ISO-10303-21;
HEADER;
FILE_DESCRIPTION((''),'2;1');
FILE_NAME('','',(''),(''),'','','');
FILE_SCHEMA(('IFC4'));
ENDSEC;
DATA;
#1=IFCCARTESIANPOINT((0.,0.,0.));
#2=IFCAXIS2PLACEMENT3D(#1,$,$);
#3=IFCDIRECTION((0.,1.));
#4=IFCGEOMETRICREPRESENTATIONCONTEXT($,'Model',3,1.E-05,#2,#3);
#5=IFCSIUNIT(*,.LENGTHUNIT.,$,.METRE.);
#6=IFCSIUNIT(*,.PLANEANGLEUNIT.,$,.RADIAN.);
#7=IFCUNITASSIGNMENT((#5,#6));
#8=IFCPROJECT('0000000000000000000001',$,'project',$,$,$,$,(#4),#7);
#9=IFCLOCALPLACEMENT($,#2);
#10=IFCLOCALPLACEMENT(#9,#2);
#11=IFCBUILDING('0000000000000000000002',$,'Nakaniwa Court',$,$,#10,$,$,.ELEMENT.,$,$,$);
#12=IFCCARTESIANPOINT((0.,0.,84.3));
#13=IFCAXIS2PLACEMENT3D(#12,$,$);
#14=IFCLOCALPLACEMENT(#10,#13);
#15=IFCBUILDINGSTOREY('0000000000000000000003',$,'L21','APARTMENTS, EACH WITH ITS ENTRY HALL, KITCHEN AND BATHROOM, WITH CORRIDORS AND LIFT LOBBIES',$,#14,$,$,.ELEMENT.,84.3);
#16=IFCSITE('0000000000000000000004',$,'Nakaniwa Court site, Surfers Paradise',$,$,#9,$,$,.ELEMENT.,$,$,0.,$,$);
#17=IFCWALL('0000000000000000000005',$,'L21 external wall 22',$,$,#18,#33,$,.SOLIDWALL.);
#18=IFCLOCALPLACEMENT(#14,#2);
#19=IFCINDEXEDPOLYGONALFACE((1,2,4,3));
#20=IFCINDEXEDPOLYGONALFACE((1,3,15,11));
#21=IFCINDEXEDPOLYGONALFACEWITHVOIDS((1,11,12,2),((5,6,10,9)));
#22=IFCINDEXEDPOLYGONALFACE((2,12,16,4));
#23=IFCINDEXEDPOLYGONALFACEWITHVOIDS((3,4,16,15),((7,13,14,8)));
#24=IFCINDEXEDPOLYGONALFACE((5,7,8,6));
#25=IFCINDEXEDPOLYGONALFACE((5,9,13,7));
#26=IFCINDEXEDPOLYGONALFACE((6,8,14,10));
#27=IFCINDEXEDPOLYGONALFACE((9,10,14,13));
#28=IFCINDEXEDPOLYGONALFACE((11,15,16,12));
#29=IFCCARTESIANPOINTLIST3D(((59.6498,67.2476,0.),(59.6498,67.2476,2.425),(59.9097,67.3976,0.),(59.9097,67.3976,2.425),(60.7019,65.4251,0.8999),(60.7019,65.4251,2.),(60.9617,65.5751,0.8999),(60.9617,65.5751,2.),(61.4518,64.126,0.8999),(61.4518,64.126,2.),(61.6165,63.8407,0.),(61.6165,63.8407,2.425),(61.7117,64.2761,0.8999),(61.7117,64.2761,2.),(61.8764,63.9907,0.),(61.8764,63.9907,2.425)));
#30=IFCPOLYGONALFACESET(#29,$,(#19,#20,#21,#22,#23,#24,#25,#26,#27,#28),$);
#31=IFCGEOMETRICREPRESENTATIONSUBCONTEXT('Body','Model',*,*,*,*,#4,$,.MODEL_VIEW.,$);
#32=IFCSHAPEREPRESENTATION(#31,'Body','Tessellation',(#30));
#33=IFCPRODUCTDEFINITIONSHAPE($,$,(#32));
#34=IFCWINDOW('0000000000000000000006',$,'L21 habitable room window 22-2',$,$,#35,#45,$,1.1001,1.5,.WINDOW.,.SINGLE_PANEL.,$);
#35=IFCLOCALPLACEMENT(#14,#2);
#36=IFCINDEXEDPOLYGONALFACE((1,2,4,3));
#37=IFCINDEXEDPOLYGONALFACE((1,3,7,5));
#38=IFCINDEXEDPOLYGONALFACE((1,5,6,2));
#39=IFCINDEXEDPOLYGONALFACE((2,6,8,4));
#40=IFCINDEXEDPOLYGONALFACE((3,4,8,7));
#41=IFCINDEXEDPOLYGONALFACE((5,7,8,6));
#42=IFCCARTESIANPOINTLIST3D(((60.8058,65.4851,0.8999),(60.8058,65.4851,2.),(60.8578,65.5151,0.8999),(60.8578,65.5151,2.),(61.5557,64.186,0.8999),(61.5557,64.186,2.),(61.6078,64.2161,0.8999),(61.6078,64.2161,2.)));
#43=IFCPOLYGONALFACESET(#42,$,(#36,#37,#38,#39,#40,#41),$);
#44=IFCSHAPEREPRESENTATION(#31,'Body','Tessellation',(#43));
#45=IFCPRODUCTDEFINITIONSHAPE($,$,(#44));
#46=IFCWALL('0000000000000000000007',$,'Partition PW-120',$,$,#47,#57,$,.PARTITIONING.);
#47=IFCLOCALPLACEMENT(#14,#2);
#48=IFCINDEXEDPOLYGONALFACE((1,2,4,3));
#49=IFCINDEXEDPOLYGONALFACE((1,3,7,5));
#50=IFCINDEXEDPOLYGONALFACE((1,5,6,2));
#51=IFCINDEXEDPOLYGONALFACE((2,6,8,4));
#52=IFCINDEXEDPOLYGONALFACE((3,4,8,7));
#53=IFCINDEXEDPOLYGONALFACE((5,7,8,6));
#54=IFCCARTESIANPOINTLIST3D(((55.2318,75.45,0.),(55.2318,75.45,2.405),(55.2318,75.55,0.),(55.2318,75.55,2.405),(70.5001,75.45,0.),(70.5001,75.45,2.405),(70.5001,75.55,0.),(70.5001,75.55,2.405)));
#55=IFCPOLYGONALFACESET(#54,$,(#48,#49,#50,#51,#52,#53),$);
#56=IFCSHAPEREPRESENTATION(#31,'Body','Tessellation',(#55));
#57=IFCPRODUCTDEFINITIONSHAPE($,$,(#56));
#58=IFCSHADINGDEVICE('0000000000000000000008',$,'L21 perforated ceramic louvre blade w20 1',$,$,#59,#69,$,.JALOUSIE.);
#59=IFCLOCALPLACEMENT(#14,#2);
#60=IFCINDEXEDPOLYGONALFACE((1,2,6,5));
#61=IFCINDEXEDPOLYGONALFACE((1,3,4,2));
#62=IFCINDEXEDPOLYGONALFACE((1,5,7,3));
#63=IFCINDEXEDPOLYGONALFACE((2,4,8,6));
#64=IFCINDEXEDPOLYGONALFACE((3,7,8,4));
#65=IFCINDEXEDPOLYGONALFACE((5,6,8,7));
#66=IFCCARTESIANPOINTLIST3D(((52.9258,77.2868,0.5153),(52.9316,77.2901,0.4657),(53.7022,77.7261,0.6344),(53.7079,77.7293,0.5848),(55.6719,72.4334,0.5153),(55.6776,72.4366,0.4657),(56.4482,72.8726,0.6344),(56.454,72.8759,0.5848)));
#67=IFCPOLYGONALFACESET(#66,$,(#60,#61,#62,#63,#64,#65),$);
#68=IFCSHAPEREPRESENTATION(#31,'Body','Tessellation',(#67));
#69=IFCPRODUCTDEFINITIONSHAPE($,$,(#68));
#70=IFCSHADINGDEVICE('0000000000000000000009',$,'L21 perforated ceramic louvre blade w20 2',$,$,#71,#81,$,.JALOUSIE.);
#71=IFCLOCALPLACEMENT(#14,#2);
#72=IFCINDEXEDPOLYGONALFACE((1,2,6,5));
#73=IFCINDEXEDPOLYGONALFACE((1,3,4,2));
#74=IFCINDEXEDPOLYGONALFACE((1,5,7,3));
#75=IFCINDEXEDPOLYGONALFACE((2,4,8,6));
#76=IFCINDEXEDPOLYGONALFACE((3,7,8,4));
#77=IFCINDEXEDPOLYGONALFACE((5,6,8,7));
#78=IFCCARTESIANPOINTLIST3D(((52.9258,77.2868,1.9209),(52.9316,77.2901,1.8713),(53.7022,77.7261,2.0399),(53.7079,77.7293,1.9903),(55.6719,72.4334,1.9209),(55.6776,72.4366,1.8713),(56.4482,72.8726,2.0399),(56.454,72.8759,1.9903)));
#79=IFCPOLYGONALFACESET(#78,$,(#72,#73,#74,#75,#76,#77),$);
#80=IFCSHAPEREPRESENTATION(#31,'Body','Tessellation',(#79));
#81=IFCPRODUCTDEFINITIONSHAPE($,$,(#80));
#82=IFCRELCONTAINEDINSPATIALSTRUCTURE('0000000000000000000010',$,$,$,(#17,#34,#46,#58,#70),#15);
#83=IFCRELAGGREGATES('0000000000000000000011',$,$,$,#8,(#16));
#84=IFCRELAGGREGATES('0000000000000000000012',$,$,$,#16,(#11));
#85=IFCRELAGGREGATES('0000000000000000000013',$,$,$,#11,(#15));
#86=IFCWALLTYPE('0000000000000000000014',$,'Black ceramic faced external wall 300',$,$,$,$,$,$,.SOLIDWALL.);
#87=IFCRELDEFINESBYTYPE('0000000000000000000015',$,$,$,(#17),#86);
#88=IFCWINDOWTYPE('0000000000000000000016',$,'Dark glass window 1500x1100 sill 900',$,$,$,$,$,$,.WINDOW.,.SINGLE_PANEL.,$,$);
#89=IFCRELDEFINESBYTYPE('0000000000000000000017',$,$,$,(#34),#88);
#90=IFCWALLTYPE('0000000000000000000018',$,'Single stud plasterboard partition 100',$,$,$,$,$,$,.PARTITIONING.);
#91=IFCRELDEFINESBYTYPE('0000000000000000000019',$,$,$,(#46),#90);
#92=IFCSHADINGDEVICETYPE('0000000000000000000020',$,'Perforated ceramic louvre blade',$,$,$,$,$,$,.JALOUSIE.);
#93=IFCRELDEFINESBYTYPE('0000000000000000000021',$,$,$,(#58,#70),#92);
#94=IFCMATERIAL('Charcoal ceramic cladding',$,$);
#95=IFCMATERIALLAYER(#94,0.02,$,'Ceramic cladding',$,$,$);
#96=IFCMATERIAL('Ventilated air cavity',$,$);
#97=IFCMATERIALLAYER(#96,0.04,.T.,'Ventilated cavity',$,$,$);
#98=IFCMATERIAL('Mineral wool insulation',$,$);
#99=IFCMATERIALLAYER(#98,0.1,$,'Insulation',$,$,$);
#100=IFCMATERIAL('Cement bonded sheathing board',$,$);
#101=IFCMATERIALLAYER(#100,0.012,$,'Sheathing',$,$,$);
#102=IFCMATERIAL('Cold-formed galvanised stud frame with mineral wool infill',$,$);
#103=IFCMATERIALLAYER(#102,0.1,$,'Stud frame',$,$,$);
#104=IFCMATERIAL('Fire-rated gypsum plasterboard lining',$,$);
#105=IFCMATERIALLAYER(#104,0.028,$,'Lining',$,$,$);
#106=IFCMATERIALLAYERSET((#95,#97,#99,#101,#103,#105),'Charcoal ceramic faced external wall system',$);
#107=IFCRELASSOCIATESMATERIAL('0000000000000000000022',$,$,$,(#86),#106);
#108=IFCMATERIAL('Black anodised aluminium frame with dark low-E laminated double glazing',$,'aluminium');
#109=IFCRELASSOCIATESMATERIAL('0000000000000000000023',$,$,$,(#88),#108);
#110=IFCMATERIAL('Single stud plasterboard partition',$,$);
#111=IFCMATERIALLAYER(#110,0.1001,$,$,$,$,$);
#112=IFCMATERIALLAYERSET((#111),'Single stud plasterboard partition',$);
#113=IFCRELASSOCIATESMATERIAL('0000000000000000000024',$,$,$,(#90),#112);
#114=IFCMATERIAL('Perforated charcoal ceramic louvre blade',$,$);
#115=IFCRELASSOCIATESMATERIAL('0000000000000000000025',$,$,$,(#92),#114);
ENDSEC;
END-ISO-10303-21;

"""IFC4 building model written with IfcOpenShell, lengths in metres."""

from ifc_helpers import new_model, si_unit, direction, frame, frame_2d, origin, origin_2d, place, context, subcontext, project, spatial, rectangle, extrude, material, layer, layer_set, material_profile, profile_set, type_object, element, fill, save


model = new_model("IFC4")

# Units and contexts
model_context = context("Model", 3, precision=1e-05, world=origin(), true_north=direction((0.0, 1.0)))
body_context = subcontext(model_context, "Body", "Model", "MODEL_VIEW")
ifc_project = project(units=[si_unit("LENGTHUNIT", "METRE"), si_unit("PLANEANGLEUNIT", "RADIAN")], contexts=[model_context])

# Site, building, storey
site_placement = place(None, origin())
site = spatial("IfcSite", under=ifc_project, at=site_placement, Name="Nakaniwa Court site, Surfers Paradise", CompositionType="ELEMENT", RefElevation=0.0)
building_placement = place(site_placement, origin())
building = spatial("IfcBuilding", under=site, at=building_placement, Name="Nakaniwa Court", CompositionType="ELEMENT")
storey_placement = place(building_placement, frame((0.0, 0.0, 84.3)))
storey = spatial("IfcBuildingStorey", under=building, at=storey_placement, Name="L21", Description="APARTMENTS, EACH WITH ITS ENTRY HALL, KITCHEN AND BATHROOM, WITH CORRIDORS AND LIFT LOBBIES", CompositionType="ELEMENT", Elevation=84.3)

# Shared definitions
ifc_material_1 = material(Name="Charcoal ceramic cladding")
ifc_layer_1 = layer(ifc_material_1, 0.02, Name="Ceramic cladding")
ifc_material_2 = material(Name="Ventilated air cavity")
ifc_layer_2 = layer(ifc_material_2, 0.04, ventilated=True, Name="Ventilated cavity")
ifc_material_3 = material(Name="Mineral wool insulation")
ifc_layer_3 = layer(ifc_material_3, 0.1, Name="Insulation")
ifc_material_4 = material(Name="Cement bonded sheathing board")
ifc_layer_4 = layer(ifc_material_4, 0.012, Name="Sheathing")
ifc_material_5 = material(Name="Cold-formed galvanised stud frame with mineral wool infill")
ifc_layer_5 = layer(ifc_material_5, 0.1, Name="Stud frame")
ifc_material_6 = material(Name="Fire-rated gypsum plasterboard lining")
ifc_layer_6 = layer(ifc_material_6, 0.028, Name="Lining")
ifc_layer_set_1 = layer_set([ifc_layer_1, ifc_layer_2, ifc_layer_3, ifc_layer_4, ifc_layer_5, ifc_layer_6], Name="Charcoal ceramic faced external wall system")
wall_type_1 = type_object("IfcWallType", Name="Black ceramic faced external wall 300", PredefinedType="SOLIDWALL", material=ifc_layer_set_1)
ifc_material_7 = material(Name="Black anodised aluminium frame with dark low-E laminated double glazing", Category="aluminium")
window_type_1 = type_object("IfcWindowType", Name="Dark glass window 1500x1100 sill 900", PartitioningType="SINGLE_PANEL", PredefinedType="WINDOW", material=ifc_material_7)

# Wall, opening, window
wall_1_placement = place(storey_placement, frame((59.7798, 67.3225, 0.0), z_axis=(0.0, 0.0, 1.0), x_axis=(0.499957, -0.86605, 0.0)))
wall_1 = element("IfcWall", 1, at=wall_1_placement, inside=storey, type_object=wall_type_1, Name="L21 external wall 22", PredefinedType="SOLIDWALL", context=body_context, shape_type="SweptSolid", body=[
    extrude(rectangle(XDim=3.9338, YDim=0.3, at=frame_2d((1.9668, 0.0))), origin(), (0.0, 0.0, 1.0), 2.425),
])
opening_1_placement = place(wall_1_placement, frame((2.1042, 0.0, 0.8999)))
opening_1 = element("IfcOpeningElement", 2, at=opening_1_placement, cuts=wall_1, PredefinedType="OPENING", context=body_context, shape_type="SweptSolid", body=[
    extrude(rectangle(XDim=1.5, YDim=1.1001, at=frame_2d((0.75, 0.55))), frame((0.0, 0.1599, 0.0), z_axis=(0.0, -1.0, 0.0), x_axis=(1.0, 0.0, 0.0)), (0.0, 0.0, 1.0), 0.3201),
])
window_1_placement = place(opening_1_placement, origin())
window_1 = element("IfcWindow", 3, at=window_1_placement, inside=storey, type_object=window_type_1, Name="L21 habitable room window 22-2", OverallHeight=1.1001, OverallWidth=1.5, PartitioningType="SINGLE_PANEL", PredefinedType="WINDOW", context=body_context, shape_type="SweptSolid", body=[
    extrude(rectangle(XDim=1.5, YDim=1.1001, at=frame_2d((0.75, 0.55))), frame((0.0, 0.03, 0.0), z_axis=(0.0, -1.0, 0.0), x_axis=(1.0, 0.0, 0.0)), (0.0, 0.0, 1.0), 0.0601),
])
fill(opening_1, window_1)

# Wall
ifc_material_8 = material(Name="Single stud plasterboard partition")
ifc_layer_7 = layer(ifc_material_8, 0.1001)
ifc_layer_set_2 = layer_set([ifc_layer_7], Name="Single stud plasterboard partition")
wall_type_2 = type_object("IfcWallType", Name="Single stud plasterboard partition 100", PredefinedType="PARTITIONING", material=ifc_layer_set_2)
wall_2_placement = place(storey_placement, frame((55.2317, 75.5, 0.0), z_axis=(0.0, 0.0, 1.0), x_axis=(1.0, 0.0, 0.0)))
element("IfcWall", 4, at=wall_2_placement, inside=storey, type_object=wall_type_2, Name="Partition PW-120", PredefinedType="PARTITIONING", context=body_context, shape_type="SweptSolid", body=[
    extrude(rectangle(XDim=15.2683, YDim=0.1001, at=frame_2d((7.6343, 0.0))), origin(), (0.0, 0.0, 1.0), 2.405),
])

# Shading devices
ifc_material_9 = material(Name="Perforated charcoal ceramic louvre blade")
ifc_material_profile_1 = material_profile(ifc_material_9, rectangle(XDim=0.8999, YDim=0.05, at=origin_2d()), Name="Perforated ceramic louvre blade")
ifc_profile_set_1 = profile_set([ifc_material_profile_1], Name="Perforated charcoal ceramic louvre blade")
shading_device_type = type_object("IfcShadingDeviceType", Name="Perforated ceramic louvre blade", PredefinedType="JALOUSIE", material=ifc_profile_set_1)
for number, where, z_axis, x_axis, name in (
    (5, (53.3169, 77.5081, 0.55), (0.492438, -0.870347, 0.0), (0.862702, 0.488112, 0.132256), "L21 perforated ceramic louvre blade w20 1"),
    (6, (53.3169, 77.5081, 1.9556), (0.492438, -0.870347, 0.0), (0.862702, 0.488112, 0.132256), "L21 perforated ceramic louvre blade w20 2"),
):
    element("IfcShadingDevice", number, at=place(storey_placement, frame(where, z_axis=z_axis, x_axis=x_axis)), inside=storey, type_object=shading_device_type, Name=name, PredefinedType="JALOUSIE", context=body_context, shape_type="SweptSolid", body=[
        extrude(rectangle(XDim=0.8999, YDim=0.05, at=origin_2d()), origin(), (0.0, 0.0, 1.0), 5.5764),
    ])

save(model, "model.ifc")
